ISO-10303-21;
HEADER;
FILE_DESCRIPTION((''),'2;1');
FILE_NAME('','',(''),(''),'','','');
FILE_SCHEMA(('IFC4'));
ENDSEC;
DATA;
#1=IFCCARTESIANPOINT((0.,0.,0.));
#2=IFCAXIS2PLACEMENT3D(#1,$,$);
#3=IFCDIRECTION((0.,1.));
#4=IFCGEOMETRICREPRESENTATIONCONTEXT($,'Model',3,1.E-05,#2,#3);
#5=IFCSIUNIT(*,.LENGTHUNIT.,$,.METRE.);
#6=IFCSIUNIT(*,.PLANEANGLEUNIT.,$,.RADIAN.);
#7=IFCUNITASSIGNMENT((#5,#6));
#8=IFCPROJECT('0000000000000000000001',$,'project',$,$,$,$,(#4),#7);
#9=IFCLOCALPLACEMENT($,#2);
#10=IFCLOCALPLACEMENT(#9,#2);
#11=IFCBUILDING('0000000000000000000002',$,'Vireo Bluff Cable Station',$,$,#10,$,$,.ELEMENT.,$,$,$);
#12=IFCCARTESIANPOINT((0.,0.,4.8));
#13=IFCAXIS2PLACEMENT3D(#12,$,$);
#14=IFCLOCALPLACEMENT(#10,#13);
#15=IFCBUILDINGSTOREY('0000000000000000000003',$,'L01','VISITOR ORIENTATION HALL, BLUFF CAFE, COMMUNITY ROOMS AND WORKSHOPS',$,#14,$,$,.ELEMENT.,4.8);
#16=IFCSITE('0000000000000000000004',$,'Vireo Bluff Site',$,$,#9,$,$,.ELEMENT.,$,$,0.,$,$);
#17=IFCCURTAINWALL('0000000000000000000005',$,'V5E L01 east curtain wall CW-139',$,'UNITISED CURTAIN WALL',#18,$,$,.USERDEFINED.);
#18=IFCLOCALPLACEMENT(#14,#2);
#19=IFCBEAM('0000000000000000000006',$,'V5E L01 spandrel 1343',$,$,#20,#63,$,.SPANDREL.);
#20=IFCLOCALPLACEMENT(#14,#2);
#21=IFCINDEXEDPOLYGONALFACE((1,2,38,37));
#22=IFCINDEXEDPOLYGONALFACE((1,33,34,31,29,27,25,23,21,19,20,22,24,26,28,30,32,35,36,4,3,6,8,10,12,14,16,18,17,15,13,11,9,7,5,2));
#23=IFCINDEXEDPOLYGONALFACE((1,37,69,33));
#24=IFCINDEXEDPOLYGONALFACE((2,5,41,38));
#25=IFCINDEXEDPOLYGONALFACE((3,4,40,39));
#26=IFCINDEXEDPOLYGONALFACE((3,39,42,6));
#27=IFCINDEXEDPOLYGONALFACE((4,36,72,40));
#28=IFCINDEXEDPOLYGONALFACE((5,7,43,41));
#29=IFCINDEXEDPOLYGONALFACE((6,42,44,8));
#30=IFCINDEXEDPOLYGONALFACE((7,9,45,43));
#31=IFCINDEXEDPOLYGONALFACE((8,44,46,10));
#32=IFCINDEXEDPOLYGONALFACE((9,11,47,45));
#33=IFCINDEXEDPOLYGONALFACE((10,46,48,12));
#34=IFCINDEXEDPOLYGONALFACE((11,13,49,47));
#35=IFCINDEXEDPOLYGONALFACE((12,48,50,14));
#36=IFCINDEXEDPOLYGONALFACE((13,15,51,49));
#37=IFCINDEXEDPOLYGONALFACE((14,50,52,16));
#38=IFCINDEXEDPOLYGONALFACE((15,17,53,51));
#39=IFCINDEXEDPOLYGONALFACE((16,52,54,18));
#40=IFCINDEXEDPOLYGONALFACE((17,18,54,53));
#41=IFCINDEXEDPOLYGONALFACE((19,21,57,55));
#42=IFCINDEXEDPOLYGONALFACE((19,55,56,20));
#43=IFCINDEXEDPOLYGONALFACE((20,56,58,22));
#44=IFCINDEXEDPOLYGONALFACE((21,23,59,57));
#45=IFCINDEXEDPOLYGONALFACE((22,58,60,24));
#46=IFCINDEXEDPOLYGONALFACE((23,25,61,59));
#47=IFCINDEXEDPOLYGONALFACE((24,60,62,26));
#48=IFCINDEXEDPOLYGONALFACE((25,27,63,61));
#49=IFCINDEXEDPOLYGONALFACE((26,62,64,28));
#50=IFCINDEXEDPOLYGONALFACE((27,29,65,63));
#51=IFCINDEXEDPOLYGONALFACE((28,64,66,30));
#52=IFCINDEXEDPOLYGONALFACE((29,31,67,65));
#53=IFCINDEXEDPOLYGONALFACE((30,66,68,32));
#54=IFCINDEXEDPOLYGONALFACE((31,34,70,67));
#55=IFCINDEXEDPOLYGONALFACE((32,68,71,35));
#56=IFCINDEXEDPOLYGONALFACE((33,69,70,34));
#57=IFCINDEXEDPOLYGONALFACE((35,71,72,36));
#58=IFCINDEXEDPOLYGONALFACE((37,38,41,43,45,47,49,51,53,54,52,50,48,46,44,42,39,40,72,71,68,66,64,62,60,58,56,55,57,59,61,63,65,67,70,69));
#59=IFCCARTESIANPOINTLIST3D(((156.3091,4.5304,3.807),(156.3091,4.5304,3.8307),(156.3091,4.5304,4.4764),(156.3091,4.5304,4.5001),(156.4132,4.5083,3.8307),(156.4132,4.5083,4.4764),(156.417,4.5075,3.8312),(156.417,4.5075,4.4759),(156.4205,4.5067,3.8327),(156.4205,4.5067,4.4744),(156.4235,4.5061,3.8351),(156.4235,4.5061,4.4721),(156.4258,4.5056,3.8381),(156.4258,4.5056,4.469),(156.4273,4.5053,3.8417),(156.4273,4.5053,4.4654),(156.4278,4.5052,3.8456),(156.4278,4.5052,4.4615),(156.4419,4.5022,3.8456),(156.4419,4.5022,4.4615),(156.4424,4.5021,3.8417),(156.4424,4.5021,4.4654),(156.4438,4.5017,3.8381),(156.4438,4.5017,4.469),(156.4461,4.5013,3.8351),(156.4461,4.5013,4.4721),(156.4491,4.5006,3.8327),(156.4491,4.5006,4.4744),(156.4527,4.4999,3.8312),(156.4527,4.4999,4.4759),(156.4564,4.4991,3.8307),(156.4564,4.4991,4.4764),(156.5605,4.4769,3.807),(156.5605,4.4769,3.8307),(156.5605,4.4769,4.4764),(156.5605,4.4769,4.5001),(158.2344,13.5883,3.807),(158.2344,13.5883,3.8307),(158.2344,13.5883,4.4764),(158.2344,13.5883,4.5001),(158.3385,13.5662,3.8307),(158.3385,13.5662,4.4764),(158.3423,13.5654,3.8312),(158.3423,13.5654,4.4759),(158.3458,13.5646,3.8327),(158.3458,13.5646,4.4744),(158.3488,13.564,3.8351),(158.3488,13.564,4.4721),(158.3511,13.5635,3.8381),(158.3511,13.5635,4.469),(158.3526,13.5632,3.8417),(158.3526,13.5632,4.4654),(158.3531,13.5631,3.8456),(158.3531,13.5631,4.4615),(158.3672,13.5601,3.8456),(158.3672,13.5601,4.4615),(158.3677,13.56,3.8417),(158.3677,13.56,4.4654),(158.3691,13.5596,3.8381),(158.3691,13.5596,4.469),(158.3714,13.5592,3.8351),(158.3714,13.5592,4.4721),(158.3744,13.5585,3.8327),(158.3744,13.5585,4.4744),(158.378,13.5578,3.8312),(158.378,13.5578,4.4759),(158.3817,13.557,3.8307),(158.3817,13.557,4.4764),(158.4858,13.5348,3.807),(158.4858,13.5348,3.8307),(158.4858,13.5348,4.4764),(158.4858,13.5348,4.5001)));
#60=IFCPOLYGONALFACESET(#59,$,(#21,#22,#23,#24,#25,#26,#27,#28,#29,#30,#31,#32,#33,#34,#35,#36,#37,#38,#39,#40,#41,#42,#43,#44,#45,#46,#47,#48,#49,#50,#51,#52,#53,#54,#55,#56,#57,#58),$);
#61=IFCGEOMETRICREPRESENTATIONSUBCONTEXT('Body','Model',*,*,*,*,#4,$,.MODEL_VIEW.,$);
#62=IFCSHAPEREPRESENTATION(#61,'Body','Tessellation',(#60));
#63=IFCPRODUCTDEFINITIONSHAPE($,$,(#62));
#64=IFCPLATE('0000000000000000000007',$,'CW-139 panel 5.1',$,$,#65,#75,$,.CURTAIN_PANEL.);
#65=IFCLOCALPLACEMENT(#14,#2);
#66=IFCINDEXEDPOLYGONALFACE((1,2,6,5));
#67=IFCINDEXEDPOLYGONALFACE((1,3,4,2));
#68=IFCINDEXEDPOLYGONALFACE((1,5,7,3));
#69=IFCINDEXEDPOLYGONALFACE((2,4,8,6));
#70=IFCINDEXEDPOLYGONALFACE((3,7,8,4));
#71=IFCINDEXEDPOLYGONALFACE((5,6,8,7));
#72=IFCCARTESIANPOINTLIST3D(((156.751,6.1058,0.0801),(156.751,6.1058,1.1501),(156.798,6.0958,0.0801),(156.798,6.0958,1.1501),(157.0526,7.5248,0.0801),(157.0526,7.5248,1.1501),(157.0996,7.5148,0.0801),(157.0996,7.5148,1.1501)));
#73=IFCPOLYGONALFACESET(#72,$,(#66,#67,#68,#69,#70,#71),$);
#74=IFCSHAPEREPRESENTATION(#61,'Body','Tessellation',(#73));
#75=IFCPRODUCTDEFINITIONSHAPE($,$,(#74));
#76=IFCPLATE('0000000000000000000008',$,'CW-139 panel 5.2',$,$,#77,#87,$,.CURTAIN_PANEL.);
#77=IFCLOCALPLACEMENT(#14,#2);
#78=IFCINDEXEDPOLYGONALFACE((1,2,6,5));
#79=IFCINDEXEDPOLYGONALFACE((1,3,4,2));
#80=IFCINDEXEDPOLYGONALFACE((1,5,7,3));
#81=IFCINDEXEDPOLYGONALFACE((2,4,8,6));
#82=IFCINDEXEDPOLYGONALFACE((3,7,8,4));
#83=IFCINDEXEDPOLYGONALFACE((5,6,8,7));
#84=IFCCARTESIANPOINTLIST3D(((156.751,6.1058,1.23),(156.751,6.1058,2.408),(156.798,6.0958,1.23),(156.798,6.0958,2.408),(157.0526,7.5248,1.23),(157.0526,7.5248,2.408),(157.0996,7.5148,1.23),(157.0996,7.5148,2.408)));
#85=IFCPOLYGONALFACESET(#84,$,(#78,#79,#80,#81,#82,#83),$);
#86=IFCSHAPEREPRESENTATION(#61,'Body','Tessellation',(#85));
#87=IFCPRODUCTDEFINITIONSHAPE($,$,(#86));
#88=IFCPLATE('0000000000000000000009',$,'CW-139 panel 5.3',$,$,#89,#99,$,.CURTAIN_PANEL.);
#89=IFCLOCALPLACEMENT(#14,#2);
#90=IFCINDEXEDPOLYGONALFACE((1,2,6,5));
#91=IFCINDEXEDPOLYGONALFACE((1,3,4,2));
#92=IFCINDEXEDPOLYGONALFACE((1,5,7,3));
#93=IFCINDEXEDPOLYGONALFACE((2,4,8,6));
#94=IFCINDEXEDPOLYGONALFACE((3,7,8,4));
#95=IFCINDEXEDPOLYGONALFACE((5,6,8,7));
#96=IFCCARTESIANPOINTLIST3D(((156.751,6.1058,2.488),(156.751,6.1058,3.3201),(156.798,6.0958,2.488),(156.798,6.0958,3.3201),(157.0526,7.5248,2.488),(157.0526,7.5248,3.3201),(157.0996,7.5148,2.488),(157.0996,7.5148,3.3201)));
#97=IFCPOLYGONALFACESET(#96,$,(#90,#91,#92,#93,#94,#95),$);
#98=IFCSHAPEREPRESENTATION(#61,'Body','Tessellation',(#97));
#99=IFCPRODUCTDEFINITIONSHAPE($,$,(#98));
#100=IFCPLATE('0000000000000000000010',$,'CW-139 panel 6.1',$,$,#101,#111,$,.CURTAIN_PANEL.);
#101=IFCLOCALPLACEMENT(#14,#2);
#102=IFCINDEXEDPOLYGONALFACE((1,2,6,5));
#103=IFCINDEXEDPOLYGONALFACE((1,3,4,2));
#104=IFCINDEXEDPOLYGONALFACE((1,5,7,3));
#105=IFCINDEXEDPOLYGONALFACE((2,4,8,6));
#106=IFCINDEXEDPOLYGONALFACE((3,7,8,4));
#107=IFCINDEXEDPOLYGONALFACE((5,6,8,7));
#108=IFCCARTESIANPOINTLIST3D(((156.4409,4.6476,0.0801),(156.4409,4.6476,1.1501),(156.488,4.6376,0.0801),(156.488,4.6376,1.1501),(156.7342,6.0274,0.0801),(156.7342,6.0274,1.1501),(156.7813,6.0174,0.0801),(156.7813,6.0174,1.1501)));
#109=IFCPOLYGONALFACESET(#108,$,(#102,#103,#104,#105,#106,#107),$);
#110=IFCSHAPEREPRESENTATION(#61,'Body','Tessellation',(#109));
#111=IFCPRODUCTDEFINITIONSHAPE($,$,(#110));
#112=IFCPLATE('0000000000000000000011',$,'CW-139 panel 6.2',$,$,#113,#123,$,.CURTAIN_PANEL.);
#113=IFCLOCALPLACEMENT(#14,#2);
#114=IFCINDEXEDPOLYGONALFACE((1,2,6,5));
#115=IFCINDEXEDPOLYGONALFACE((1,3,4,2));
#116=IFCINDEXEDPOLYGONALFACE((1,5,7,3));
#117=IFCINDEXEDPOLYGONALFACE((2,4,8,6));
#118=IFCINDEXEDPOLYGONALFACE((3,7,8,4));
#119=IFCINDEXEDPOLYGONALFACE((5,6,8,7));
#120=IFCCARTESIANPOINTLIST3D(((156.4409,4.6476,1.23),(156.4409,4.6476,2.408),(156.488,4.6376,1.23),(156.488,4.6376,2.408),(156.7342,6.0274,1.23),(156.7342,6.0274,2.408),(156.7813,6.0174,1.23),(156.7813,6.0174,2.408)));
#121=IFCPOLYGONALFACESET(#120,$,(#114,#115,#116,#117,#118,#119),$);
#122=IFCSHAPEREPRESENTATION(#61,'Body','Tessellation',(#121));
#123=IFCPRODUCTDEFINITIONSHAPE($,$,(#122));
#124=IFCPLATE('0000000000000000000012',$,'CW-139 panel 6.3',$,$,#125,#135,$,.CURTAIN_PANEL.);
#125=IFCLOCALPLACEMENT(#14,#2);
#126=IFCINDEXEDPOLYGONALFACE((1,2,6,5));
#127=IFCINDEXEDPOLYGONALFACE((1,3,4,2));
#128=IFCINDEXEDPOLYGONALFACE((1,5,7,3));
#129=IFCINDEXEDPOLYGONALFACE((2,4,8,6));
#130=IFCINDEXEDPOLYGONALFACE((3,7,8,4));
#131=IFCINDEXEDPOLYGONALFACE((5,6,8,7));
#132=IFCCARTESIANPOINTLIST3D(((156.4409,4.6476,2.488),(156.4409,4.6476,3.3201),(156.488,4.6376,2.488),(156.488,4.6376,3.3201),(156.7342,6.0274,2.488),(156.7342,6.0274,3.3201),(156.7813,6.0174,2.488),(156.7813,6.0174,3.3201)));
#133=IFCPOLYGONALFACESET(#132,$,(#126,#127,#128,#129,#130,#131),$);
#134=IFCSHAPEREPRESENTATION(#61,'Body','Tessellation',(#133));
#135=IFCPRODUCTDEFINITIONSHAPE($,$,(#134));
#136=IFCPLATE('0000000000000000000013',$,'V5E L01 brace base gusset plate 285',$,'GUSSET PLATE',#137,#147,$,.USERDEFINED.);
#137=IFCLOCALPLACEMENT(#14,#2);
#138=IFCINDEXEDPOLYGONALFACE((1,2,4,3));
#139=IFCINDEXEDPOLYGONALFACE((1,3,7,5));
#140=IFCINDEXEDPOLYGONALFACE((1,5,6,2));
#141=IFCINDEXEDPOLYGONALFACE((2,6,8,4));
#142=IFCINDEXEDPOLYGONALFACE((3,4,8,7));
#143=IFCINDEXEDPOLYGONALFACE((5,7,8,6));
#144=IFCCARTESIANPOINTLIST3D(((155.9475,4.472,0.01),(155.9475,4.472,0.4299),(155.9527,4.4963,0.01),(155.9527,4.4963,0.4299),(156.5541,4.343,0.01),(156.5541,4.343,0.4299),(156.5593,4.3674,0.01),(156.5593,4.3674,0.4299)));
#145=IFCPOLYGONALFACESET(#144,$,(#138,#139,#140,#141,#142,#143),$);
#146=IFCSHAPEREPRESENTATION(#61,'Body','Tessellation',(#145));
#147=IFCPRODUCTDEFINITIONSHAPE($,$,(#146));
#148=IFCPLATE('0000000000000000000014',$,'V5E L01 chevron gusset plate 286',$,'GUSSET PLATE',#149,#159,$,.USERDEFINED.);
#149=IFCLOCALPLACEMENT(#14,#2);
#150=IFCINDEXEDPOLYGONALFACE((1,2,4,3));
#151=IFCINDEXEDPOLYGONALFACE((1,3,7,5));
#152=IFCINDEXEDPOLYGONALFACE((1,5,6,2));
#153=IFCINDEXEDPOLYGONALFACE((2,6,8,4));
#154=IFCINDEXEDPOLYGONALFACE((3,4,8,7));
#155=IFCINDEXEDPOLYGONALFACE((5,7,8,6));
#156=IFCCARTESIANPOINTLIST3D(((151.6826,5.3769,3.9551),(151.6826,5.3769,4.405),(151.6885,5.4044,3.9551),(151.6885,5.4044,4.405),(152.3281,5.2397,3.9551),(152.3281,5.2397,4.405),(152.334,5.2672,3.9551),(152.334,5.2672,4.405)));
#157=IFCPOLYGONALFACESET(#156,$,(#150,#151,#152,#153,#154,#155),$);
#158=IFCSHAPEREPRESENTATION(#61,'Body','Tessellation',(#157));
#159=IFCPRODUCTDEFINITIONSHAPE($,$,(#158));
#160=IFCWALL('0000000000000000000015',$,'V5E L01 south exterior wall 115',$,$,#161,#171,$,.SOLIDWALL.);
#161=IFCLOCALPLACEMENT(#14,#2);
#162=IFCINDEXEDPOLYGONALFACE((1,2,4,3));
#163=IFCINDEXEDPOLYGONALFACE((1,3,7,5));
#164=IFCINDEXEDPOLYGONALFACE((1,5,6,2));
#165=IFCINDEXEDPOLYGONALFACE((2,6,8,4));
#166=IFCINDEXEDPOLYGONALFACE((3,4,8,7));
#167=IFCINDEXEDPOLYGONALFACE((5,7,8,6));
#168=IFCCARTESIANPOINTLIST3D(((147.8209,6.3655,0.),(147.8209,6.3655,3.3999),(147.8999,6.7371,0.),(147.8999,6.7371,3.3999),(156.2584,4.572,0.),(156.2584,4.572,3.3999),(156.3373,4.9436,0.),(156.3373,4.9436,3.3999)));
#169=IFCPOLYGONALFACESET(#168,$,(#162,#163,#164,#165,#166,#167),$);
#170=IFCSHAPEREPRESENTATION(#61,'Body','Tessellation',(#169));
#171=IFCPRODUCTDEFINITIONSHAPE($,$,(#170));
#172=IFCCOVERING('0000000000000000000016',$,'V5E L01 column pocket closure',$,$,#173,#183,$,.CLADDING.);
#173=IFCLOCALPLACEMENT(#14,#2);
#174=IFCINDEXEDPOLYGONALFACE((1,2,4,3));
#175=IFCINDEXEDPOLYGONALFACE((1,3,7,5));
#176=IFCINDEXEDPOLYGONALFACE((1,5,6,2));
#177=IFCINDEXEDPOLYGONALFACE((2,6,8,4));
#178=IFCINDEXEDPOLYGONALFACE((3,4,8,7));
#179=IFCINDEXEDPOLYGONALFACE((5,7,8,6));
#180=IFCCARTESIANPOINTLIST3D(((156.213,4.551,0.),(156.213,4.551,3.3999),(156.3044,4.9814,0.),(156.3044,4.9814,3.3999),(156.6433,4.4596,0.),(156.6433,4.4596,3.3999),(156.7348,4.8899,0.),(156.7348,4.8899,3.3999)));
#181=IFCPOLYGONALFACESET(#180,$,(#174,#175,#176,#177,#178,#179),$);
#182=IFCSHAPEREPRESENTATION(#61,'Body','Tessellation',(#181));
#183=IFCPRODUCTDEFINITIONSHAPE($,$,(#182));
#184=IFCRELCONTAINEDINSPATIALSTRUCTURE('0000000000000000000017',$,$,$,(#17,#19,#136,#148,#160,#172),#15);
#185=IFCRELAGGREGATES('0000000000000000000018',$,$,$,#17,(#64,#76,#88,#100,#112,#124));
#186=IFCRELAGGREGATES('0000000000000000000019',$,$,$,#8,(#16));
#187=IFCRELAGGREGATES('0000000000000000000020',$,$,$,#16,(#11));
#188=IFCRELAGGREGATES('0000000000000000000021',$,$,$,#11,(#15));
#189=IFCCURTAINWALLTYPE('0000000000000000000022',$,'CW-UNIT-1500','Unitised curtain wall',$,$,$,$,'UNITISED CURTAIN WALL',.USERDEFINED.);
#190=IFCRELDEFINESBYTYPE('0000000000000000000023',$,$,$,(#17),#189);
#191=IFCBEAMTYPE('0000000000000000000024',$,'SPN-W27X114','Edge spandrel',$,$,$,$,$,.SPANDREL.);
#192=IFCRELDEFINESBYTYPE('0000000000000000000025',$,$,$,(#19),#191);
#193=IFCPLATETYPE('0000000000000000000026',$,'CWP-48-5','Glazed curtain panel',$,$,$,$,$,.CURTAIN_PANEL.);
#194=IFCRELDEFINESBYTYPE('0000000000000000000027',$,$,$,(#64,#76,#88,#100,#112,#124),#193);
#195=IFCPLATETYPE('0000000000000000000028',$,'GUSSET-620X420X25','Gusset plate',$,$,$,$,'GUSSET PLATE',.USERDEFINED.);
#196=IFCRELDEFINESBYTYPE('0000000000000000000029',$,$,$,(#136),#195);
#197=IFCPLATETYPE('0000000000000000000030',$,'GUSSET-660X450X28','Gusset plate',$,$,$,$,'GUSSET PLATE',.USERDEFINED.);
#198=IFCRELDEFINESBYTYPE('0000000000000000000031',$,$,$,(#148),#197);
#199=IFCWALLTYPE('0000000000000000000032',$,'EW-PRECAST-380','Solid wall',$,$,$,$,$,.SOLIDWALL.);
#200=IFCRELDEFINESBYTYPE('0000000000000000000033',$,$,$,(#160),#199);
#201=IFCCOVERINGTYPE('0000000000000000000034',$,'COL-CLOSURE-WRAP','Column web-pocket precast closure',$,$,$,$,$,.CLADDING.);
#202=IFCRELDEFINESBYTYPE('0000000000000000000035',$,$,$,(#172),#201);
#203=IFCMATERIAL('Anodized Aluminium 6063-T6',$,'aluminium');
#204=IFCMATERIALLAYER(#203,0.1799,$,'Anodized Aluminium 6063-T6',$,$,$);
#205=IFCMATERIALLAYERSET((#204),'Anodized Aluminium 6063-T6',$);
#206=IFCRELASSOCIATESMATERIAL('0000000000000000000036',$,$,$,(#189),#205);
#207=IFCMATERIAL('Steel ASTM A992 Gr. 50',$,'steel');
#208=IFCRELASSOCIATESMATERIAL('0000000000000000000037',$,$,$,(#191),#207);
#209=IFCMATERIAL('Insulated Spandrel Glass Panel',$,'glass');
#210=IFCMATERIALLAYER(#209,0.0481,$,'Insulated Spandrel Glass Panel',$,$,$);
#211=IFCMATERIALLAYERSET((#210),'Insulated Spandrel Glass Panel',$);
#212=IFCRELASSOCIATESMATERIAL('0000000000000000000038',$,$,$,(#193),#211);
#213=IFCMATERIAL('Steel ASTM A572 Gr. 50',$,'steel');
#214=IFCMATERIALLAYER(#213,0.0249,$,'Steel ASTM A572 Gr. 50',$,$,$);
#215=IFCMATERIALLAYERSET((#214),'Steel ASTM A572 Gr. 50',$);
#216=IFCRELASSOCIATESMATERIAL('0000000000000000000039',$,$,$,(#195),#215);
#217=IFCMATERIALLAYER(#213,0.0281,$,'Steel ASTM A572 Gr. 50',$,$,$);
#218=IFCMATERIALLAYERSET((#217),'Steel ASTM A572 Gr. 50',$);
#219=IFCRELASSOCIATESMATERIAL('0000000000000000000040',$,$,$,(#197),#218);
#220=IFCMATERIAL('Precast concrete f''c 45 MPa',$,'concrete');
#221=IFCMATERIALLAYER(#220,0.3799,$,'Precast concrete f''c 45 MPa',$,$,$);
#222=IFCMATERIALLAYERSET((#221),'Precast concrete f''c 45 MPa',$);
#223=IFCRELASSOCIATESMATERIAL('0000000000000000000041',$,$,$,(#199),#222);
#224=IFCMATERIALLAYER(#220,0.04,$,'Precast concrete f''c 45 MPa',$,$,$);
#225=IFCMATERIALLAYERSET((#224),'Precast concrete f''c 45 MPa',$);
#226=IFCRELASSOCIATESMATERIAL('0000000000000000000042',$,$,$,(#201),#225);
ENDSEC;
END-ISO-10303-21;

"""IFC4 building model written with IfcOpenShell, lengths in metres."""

from ifc_helpers import new_model, si_unit, direction, frame, frame_2d, origin, origin_2d, place, context, subcontext, project, spatial, rectangle, i_section, extrude, material, layer, layer_set, material_profile, profile_set, type_object, element, aggregate, save


model = new_model("IFC4")

# Units and contexts
model_context = context("Model", 3, precision=1e-05, world=origin(), true_north=direction((0.0, 1.0)))
body_context = subcontext(model_context, "Body", "Model", "MODEL_VIEW")
ifc_project = project(units=[si_unit("LENGTHUNIT", "METRE"), si_unit("PLANEANGLEUNIT", "RADIAN")], contexts=[model_context])

# Site, building, storey
site_placement = place(None, origin())
site = spatial("IfcSite", under=ifc_project, at=site_placement, Name="Vireo Bluff Site", CompositionType="ELEMENT", RefElevation=0.0)
building_placement = place(site_placement, origin())
building = spatial("IfcBuilding", under=site, at=building_placement, Name="Vireo Bluff Cable Station", CompositionType="ELEMENT")
storey_placement = place(building_placement, frame((0.0, 0.0, 4.8)))
storey = spatial("IfcBuildingStorey", under=building, at=storey_placement, Name="L01", Description="VISITOR ORIENTATION HALL, BLUFF CAFE, COMMUNITY ROOMS AND WORKSHOPS", CompositionType="ELEMENT", Elevation=4.8)

# Shared definitions
ifc_material_1 = material(Name="Steel ASTM A992 Gr. 50", Category="steel")

# Curtain wall
ifc_material_2 = material(Name="Anodized Aluminium 6063-T6", Category="aluminium")
ifc_layer_1 = layer(ifc_material_2, 0.1799, Name="Anodized Aluminium 6063-T6")
ifc_layer_set_1 = layer_set([ifc_layer_1], Name="Anodized Aluminium 6063-T6")
curtain_wall_type = type_object("IfcCurtainWallType", Name="CW-UNIT-1500", Description="Unitised curtain wall", ElementType="UNITISED CURTAIN WALL", PredefinedType="USERDEFINED", material=ifc_layer_set_1)
curtain_wall_placement = place(storey_placement, origin())
curtain_wall = element("IfcCurtainWall", 1, at=curtain_wall_placement, inside=storey, type_object=curtain_wall_type, Name="V5E L01 east curtain wall CW-139", ObjectType="UNITISED CURTAIN WALL", PredefinedType="USERDEFINED")

# Beam
ifc_material_profile_1 = material_profile(ifc_material_1, i_section(OverallWidth=0.2571, OverallDepth=0.6931, WebThickness=0.0144, FlangeThickness=0.0237, FilletRadius=0.0149, at=origin_2d()), Name="W27X114")
ifc_profile_set_1 = profile_set([ifc_material_profile_1], Name="Steel ASTM A992 Gr. 50")
beam_type = type_object("IfcBeamType", Name="SPN-W27X114", Description="Edge spandrel", PredefinedType="SPANDREL", material=ifc_profile_set_1)
beam_placement = place(storey_placement, frame((156.4348, 4.5037, 4.1536), z_axis=(0.20791, 0.978148, 0.0), x_axis=(-0.978148, 0.20791, 0.0)))
element("IfcBeam", 2, at=beam_placement, inside=storey, type_object=beam_type, Name="V5E L01 spandrel 1343", PredefinedType="SPANDREL", context=body_context, shape_type="SweptSolid", body=[
    extrude(i_section(OverallWidth=0.2571, OverallDepth=0.6931, WebThickness=0.0144, FlangeThickness=0.0237, FilletRadius=0.0149, at=origin_2d()), origin(), (0.0, 0.0, 1.0), 9.2603),
])

# Plates
ifc_material_3 = material(Name="Insulated Spandrel Glass Panel", Category="glass")
ifc_layer_2 = layer(ifc_material_3, 0.0481, Name="Insulated Spandrel Glass Panel")
ifc_layer_set_2 = layer_set([ifc_layer_2], Name="Insulated Spandrel Glass Panel")
plate_type_1 = type_object("IfcPlateType", Name="CWP-48-5", Description="Glazed curtain panel", PredefinedType="CURTAIN_PANEL", material=ifc_layer_set_2)
plate_1_placement = place(storey_placement, frame((156.9253, 6.8103, 0.0801), z_axis=(0.0, 0.0, 1.0), x_axis=(-0.207912, -0.978148, 0.0)))
plate_1 = element("IfcPlate", 3, at=plate_1_placement, type_object=plate_type_1, Name="CW-139 panel 5.1", PredefinedType="CURTAIN_PANEL", context=body_context, shape_type="SweptSolid", body=[
    extrude(rectangle(XDim=1.4507, YDim=0.0481, at=origin_2d()), origin(), (0.0, 0.0, 1.0), 1.0701),
])
plate_2_placement = place(storey_placement, frame((156.9253, 6.8103, 1.23), z_axis=(0.0, 0.0, 1.0), x_axis=(-0.207912, -0.978148, 0.0)))
plate_2 = element("IfcPlate", 4, at=plate_2_placement, type_object=plate_type_1, Name="CW-139 panel 5.2", PredefinedType="CURTAIN_PANEL", context=body_context, shape_type="SweptSolid", body=[
    extrude(rectangle(XDim=1.4507, YDim=0.0481, at=origin_2d()), origin(), (0.0, 0.0, 1.0), 1.178),
])
plate_3_placement = place(storey_placement, frame((156.9253, 6.8103, 2.488), z_axis=(0.0, 0.0, 1.0), x_axis=(-0.207912, -0.978148, 0.0)))
plate_3 = element("IfcPlate", 5, at=plate_3_placement, type_object=plate_type_1, Name="CW-139 panel 5.3", PredefinedType="CURTAIN_PANEL", context=body_context, shape_type="SweptSolid", body=[
    extrude(rectangle(XDim=1.4507, YDim=0.0481, at=origin_2d()), origin(), (0.0, 0.0, 1.0), 0.832),
])
plate_4_placement = place(storey_placement, frame((156.6111, 5.3325, 0.0801), z_axis=(0.0, 0.0, 1.0), x_axis=(-0.207912, -0.978148, 0.0)))
plate_4 = element("IfcPlate", 6, at=plate_4_placement, type_object=plate_type_1, Name="CW-139 panel 6.1", PredefinedType="CURTAIN_PANEL", context=body_context, shape_type="SweptSolid", body=[
    extrude(rectangle(XDim=1.4106, YDim=0.0481, at=origin_2d()), origin(), (0.0, 0.0, 1.0), 1.0701),
])
plate_5_placement = place(storey_placement, frame((156.6111, 5.3325, 1.23), z_axis=(0.0, 0.0, 1.0), x_axis=(-0.207912, -0.978148, 0.0)))
plate_5 = element("IfcPlate", 7, at=plate_5_placement, type_object=plate_type_1, Name="CW-139 panel 6.2", PredefinedType="CURTAIN_PANEL", context=body_context, shape_type="SweptSolid", body=[
    extrude(rectangle(XDim=1.4106, YDim=0.0481, at=origin_2d()), origin(), (0.0, 0.0, 1.0), 1.178),
])
plate_6_placement = place(storey_placement, frame((156.6111, 5.3325, 2.488), z_axis=(0.0, 0.0, 1.0), x_axis=(-0.207912, -0.978148, 0.0)))
plate_6 = element("IfcPlate", 8, at=plate_6_placement, type_object=plate_type_1, Name="CW-139 panel 6.3", PredefinedType="CURTAIN_PANEL", context=body_context, shape_type="SweptSolid", body=[
    extrude(rectangle(XDim=1.4106, YDim=0.0481, at=origin_2d()), origin(), (0.0, 0.0, 1.0), 0.832),
])
aggregate(curtain_wall, [plate_1, plate_2, plate_3, plate_4, plate_5, plate_6])

# Plates
ifc_material_4 = material(Name="Steel ASTM A572 Gr. 50", Category="steel")
ifc_layer_3 = layer(ifc_material_4, 0.0249, Name="Steel ASTM A572 Gr. 50")
ifc_layer_set_3 = layer_set([ifc_layer_3], Name="Steel ASTM A572 Gr. 50")
plate_type_2 = type_object("IfcPlateType", Name="GUSSET-620X420X25", Description="Gusset plate", ElementType="GUSSET PLATE", PredefinedType="USERDEFINED", material=ifc_layer_set_3)
plate_7_placement = place(storey_placement, frame((156.2534, 4.4197, 0.01), z_axis=(0.0, 0.0, 1.0), x_axis=(0.978148, -0.207912, 0.0)))
element("IfcPlate", 9, at=plate_7_placement, inside=storey, type_object=plate_type_2, Name="V5E L01 brace base gusset plate 285", ObjectType="GUSSET PLATE", PredefinedType="USERDEFINED", context=body_context, shape_type="SweptSolid", body=[
    extrude(rectangle(XDim=0.6201, YDim=0.0249, at=origin_2d()), origin(), (0.0, 0.0, 1.0), 0.4199),
])
ifc_layer_4 = layer(ifc_material_4, 0.0281, Name="Steel ASTM A572 Gr. 50")
ifc_layer_set_4 = layer_set([ifc_layer_4], Name="Steel ASTM A572 Gr. 50")
plate_type_3 = type_object("IfcPlateType", Name="GUSSET-660X450X28", Description="Gusset plate", ElementType="GUSSET PLATE", PredefinedType="USERDEFINED", material=ifc_layer_set_4)
plate_8_placement = place(storey_placement, frame((152.0083, 5.322, 3.9551), z_axis=(0.0, 0.0, 1.0), x_axis=(0.978148, -0.207912, 0.0)))
element("IfcPlate", 10, at=plate_8_placement, inside=storey, type_object=plate_type_3, Name="V5E L01 chevron gusset plate 286", ObjectType="GUSSET PLATE", PredefinedType="USERDEFINED", context=body_context, shape_type="SweptSolid", body=[
    extrude(rectangle(XDim=0.6599, YDim=0.0281, at=origin_2d()), origin(), (0.0, 0.0, 1.0), 0.45),
])

# Wall
ifc_material_5 = material(Name="Precast concrete f'c 45 MPa", Category="concrete")
ifc_layer_5 = layer(ifc_material_5, 0.3799, Name="Precast concrete f'c 45 MPa")
ifc_layer_set_5 = layer_set([ifc_layer_5], Name="Precast concrete f'c 45 MPa")
wall_type = type_object("IfcWallType", Name="EW-PRECAST-380", Description="Solid wall", PredefinedType="SOLIDWALL", material=ifc_layer_set_5)
wall_placement = place(storey_placement, frame((156.2979, 4.7578, 0.0), z_axis=(0.0, 0.0, 1.0), x_axis=(-0.978147, 0.207913, 0.0)))
element("IfcWall", 11, at=wall_placement, inside=storey, type_object=wall_type, Name="V5E L01 south exterior wall 115", PredefinedType="SOLIDWALL", context=body_context, shape_type="SweptSolid", body=[
    extrude(rectangle(XDim=8.626, YDim=0.3799, at=frame_2d((4.313, 0.0))), origin(), (0.0, 0.0, 1.0), 3.3999),
])

# Covering
ifc_layer_6 = layer(ifc_material_5, 0.04, Name="Precast concrete f'c 45 MPa")
ifc_layer_set_6 = layer_set([ifc_layer_6], Name="Precast concrete f'c 45 MPa")
covering_type = type_object("IfcCoveringType", Name="COL-CLOSURE-WRAP", Description="Column web-pocket precast closure", PredefinedType="CLADDING", material=ifc_layer_set_6)
covering_placement = place(storey_placement, frame((156.4739, 4.7205, 0.0), z_axis=(0.0, 0.0, 1.0), x_axis=(0.978148, -0.207912, 0.0)))
element("IfcCovering", 12, at=covering_placement, inside=storey, type_object=covering_type, Name="V5E L01 column pocket closure", PredefinedType="CLADDING", context=body_context, shape_type="SweptSolid", body=[
    extrude(rectangle(XDim=0.4399, YDim=0.4399, at=origin_2d()), origin(), (0.0, 0.0, 1.0), 3.3999),
])

save(model, "model.ifc")
